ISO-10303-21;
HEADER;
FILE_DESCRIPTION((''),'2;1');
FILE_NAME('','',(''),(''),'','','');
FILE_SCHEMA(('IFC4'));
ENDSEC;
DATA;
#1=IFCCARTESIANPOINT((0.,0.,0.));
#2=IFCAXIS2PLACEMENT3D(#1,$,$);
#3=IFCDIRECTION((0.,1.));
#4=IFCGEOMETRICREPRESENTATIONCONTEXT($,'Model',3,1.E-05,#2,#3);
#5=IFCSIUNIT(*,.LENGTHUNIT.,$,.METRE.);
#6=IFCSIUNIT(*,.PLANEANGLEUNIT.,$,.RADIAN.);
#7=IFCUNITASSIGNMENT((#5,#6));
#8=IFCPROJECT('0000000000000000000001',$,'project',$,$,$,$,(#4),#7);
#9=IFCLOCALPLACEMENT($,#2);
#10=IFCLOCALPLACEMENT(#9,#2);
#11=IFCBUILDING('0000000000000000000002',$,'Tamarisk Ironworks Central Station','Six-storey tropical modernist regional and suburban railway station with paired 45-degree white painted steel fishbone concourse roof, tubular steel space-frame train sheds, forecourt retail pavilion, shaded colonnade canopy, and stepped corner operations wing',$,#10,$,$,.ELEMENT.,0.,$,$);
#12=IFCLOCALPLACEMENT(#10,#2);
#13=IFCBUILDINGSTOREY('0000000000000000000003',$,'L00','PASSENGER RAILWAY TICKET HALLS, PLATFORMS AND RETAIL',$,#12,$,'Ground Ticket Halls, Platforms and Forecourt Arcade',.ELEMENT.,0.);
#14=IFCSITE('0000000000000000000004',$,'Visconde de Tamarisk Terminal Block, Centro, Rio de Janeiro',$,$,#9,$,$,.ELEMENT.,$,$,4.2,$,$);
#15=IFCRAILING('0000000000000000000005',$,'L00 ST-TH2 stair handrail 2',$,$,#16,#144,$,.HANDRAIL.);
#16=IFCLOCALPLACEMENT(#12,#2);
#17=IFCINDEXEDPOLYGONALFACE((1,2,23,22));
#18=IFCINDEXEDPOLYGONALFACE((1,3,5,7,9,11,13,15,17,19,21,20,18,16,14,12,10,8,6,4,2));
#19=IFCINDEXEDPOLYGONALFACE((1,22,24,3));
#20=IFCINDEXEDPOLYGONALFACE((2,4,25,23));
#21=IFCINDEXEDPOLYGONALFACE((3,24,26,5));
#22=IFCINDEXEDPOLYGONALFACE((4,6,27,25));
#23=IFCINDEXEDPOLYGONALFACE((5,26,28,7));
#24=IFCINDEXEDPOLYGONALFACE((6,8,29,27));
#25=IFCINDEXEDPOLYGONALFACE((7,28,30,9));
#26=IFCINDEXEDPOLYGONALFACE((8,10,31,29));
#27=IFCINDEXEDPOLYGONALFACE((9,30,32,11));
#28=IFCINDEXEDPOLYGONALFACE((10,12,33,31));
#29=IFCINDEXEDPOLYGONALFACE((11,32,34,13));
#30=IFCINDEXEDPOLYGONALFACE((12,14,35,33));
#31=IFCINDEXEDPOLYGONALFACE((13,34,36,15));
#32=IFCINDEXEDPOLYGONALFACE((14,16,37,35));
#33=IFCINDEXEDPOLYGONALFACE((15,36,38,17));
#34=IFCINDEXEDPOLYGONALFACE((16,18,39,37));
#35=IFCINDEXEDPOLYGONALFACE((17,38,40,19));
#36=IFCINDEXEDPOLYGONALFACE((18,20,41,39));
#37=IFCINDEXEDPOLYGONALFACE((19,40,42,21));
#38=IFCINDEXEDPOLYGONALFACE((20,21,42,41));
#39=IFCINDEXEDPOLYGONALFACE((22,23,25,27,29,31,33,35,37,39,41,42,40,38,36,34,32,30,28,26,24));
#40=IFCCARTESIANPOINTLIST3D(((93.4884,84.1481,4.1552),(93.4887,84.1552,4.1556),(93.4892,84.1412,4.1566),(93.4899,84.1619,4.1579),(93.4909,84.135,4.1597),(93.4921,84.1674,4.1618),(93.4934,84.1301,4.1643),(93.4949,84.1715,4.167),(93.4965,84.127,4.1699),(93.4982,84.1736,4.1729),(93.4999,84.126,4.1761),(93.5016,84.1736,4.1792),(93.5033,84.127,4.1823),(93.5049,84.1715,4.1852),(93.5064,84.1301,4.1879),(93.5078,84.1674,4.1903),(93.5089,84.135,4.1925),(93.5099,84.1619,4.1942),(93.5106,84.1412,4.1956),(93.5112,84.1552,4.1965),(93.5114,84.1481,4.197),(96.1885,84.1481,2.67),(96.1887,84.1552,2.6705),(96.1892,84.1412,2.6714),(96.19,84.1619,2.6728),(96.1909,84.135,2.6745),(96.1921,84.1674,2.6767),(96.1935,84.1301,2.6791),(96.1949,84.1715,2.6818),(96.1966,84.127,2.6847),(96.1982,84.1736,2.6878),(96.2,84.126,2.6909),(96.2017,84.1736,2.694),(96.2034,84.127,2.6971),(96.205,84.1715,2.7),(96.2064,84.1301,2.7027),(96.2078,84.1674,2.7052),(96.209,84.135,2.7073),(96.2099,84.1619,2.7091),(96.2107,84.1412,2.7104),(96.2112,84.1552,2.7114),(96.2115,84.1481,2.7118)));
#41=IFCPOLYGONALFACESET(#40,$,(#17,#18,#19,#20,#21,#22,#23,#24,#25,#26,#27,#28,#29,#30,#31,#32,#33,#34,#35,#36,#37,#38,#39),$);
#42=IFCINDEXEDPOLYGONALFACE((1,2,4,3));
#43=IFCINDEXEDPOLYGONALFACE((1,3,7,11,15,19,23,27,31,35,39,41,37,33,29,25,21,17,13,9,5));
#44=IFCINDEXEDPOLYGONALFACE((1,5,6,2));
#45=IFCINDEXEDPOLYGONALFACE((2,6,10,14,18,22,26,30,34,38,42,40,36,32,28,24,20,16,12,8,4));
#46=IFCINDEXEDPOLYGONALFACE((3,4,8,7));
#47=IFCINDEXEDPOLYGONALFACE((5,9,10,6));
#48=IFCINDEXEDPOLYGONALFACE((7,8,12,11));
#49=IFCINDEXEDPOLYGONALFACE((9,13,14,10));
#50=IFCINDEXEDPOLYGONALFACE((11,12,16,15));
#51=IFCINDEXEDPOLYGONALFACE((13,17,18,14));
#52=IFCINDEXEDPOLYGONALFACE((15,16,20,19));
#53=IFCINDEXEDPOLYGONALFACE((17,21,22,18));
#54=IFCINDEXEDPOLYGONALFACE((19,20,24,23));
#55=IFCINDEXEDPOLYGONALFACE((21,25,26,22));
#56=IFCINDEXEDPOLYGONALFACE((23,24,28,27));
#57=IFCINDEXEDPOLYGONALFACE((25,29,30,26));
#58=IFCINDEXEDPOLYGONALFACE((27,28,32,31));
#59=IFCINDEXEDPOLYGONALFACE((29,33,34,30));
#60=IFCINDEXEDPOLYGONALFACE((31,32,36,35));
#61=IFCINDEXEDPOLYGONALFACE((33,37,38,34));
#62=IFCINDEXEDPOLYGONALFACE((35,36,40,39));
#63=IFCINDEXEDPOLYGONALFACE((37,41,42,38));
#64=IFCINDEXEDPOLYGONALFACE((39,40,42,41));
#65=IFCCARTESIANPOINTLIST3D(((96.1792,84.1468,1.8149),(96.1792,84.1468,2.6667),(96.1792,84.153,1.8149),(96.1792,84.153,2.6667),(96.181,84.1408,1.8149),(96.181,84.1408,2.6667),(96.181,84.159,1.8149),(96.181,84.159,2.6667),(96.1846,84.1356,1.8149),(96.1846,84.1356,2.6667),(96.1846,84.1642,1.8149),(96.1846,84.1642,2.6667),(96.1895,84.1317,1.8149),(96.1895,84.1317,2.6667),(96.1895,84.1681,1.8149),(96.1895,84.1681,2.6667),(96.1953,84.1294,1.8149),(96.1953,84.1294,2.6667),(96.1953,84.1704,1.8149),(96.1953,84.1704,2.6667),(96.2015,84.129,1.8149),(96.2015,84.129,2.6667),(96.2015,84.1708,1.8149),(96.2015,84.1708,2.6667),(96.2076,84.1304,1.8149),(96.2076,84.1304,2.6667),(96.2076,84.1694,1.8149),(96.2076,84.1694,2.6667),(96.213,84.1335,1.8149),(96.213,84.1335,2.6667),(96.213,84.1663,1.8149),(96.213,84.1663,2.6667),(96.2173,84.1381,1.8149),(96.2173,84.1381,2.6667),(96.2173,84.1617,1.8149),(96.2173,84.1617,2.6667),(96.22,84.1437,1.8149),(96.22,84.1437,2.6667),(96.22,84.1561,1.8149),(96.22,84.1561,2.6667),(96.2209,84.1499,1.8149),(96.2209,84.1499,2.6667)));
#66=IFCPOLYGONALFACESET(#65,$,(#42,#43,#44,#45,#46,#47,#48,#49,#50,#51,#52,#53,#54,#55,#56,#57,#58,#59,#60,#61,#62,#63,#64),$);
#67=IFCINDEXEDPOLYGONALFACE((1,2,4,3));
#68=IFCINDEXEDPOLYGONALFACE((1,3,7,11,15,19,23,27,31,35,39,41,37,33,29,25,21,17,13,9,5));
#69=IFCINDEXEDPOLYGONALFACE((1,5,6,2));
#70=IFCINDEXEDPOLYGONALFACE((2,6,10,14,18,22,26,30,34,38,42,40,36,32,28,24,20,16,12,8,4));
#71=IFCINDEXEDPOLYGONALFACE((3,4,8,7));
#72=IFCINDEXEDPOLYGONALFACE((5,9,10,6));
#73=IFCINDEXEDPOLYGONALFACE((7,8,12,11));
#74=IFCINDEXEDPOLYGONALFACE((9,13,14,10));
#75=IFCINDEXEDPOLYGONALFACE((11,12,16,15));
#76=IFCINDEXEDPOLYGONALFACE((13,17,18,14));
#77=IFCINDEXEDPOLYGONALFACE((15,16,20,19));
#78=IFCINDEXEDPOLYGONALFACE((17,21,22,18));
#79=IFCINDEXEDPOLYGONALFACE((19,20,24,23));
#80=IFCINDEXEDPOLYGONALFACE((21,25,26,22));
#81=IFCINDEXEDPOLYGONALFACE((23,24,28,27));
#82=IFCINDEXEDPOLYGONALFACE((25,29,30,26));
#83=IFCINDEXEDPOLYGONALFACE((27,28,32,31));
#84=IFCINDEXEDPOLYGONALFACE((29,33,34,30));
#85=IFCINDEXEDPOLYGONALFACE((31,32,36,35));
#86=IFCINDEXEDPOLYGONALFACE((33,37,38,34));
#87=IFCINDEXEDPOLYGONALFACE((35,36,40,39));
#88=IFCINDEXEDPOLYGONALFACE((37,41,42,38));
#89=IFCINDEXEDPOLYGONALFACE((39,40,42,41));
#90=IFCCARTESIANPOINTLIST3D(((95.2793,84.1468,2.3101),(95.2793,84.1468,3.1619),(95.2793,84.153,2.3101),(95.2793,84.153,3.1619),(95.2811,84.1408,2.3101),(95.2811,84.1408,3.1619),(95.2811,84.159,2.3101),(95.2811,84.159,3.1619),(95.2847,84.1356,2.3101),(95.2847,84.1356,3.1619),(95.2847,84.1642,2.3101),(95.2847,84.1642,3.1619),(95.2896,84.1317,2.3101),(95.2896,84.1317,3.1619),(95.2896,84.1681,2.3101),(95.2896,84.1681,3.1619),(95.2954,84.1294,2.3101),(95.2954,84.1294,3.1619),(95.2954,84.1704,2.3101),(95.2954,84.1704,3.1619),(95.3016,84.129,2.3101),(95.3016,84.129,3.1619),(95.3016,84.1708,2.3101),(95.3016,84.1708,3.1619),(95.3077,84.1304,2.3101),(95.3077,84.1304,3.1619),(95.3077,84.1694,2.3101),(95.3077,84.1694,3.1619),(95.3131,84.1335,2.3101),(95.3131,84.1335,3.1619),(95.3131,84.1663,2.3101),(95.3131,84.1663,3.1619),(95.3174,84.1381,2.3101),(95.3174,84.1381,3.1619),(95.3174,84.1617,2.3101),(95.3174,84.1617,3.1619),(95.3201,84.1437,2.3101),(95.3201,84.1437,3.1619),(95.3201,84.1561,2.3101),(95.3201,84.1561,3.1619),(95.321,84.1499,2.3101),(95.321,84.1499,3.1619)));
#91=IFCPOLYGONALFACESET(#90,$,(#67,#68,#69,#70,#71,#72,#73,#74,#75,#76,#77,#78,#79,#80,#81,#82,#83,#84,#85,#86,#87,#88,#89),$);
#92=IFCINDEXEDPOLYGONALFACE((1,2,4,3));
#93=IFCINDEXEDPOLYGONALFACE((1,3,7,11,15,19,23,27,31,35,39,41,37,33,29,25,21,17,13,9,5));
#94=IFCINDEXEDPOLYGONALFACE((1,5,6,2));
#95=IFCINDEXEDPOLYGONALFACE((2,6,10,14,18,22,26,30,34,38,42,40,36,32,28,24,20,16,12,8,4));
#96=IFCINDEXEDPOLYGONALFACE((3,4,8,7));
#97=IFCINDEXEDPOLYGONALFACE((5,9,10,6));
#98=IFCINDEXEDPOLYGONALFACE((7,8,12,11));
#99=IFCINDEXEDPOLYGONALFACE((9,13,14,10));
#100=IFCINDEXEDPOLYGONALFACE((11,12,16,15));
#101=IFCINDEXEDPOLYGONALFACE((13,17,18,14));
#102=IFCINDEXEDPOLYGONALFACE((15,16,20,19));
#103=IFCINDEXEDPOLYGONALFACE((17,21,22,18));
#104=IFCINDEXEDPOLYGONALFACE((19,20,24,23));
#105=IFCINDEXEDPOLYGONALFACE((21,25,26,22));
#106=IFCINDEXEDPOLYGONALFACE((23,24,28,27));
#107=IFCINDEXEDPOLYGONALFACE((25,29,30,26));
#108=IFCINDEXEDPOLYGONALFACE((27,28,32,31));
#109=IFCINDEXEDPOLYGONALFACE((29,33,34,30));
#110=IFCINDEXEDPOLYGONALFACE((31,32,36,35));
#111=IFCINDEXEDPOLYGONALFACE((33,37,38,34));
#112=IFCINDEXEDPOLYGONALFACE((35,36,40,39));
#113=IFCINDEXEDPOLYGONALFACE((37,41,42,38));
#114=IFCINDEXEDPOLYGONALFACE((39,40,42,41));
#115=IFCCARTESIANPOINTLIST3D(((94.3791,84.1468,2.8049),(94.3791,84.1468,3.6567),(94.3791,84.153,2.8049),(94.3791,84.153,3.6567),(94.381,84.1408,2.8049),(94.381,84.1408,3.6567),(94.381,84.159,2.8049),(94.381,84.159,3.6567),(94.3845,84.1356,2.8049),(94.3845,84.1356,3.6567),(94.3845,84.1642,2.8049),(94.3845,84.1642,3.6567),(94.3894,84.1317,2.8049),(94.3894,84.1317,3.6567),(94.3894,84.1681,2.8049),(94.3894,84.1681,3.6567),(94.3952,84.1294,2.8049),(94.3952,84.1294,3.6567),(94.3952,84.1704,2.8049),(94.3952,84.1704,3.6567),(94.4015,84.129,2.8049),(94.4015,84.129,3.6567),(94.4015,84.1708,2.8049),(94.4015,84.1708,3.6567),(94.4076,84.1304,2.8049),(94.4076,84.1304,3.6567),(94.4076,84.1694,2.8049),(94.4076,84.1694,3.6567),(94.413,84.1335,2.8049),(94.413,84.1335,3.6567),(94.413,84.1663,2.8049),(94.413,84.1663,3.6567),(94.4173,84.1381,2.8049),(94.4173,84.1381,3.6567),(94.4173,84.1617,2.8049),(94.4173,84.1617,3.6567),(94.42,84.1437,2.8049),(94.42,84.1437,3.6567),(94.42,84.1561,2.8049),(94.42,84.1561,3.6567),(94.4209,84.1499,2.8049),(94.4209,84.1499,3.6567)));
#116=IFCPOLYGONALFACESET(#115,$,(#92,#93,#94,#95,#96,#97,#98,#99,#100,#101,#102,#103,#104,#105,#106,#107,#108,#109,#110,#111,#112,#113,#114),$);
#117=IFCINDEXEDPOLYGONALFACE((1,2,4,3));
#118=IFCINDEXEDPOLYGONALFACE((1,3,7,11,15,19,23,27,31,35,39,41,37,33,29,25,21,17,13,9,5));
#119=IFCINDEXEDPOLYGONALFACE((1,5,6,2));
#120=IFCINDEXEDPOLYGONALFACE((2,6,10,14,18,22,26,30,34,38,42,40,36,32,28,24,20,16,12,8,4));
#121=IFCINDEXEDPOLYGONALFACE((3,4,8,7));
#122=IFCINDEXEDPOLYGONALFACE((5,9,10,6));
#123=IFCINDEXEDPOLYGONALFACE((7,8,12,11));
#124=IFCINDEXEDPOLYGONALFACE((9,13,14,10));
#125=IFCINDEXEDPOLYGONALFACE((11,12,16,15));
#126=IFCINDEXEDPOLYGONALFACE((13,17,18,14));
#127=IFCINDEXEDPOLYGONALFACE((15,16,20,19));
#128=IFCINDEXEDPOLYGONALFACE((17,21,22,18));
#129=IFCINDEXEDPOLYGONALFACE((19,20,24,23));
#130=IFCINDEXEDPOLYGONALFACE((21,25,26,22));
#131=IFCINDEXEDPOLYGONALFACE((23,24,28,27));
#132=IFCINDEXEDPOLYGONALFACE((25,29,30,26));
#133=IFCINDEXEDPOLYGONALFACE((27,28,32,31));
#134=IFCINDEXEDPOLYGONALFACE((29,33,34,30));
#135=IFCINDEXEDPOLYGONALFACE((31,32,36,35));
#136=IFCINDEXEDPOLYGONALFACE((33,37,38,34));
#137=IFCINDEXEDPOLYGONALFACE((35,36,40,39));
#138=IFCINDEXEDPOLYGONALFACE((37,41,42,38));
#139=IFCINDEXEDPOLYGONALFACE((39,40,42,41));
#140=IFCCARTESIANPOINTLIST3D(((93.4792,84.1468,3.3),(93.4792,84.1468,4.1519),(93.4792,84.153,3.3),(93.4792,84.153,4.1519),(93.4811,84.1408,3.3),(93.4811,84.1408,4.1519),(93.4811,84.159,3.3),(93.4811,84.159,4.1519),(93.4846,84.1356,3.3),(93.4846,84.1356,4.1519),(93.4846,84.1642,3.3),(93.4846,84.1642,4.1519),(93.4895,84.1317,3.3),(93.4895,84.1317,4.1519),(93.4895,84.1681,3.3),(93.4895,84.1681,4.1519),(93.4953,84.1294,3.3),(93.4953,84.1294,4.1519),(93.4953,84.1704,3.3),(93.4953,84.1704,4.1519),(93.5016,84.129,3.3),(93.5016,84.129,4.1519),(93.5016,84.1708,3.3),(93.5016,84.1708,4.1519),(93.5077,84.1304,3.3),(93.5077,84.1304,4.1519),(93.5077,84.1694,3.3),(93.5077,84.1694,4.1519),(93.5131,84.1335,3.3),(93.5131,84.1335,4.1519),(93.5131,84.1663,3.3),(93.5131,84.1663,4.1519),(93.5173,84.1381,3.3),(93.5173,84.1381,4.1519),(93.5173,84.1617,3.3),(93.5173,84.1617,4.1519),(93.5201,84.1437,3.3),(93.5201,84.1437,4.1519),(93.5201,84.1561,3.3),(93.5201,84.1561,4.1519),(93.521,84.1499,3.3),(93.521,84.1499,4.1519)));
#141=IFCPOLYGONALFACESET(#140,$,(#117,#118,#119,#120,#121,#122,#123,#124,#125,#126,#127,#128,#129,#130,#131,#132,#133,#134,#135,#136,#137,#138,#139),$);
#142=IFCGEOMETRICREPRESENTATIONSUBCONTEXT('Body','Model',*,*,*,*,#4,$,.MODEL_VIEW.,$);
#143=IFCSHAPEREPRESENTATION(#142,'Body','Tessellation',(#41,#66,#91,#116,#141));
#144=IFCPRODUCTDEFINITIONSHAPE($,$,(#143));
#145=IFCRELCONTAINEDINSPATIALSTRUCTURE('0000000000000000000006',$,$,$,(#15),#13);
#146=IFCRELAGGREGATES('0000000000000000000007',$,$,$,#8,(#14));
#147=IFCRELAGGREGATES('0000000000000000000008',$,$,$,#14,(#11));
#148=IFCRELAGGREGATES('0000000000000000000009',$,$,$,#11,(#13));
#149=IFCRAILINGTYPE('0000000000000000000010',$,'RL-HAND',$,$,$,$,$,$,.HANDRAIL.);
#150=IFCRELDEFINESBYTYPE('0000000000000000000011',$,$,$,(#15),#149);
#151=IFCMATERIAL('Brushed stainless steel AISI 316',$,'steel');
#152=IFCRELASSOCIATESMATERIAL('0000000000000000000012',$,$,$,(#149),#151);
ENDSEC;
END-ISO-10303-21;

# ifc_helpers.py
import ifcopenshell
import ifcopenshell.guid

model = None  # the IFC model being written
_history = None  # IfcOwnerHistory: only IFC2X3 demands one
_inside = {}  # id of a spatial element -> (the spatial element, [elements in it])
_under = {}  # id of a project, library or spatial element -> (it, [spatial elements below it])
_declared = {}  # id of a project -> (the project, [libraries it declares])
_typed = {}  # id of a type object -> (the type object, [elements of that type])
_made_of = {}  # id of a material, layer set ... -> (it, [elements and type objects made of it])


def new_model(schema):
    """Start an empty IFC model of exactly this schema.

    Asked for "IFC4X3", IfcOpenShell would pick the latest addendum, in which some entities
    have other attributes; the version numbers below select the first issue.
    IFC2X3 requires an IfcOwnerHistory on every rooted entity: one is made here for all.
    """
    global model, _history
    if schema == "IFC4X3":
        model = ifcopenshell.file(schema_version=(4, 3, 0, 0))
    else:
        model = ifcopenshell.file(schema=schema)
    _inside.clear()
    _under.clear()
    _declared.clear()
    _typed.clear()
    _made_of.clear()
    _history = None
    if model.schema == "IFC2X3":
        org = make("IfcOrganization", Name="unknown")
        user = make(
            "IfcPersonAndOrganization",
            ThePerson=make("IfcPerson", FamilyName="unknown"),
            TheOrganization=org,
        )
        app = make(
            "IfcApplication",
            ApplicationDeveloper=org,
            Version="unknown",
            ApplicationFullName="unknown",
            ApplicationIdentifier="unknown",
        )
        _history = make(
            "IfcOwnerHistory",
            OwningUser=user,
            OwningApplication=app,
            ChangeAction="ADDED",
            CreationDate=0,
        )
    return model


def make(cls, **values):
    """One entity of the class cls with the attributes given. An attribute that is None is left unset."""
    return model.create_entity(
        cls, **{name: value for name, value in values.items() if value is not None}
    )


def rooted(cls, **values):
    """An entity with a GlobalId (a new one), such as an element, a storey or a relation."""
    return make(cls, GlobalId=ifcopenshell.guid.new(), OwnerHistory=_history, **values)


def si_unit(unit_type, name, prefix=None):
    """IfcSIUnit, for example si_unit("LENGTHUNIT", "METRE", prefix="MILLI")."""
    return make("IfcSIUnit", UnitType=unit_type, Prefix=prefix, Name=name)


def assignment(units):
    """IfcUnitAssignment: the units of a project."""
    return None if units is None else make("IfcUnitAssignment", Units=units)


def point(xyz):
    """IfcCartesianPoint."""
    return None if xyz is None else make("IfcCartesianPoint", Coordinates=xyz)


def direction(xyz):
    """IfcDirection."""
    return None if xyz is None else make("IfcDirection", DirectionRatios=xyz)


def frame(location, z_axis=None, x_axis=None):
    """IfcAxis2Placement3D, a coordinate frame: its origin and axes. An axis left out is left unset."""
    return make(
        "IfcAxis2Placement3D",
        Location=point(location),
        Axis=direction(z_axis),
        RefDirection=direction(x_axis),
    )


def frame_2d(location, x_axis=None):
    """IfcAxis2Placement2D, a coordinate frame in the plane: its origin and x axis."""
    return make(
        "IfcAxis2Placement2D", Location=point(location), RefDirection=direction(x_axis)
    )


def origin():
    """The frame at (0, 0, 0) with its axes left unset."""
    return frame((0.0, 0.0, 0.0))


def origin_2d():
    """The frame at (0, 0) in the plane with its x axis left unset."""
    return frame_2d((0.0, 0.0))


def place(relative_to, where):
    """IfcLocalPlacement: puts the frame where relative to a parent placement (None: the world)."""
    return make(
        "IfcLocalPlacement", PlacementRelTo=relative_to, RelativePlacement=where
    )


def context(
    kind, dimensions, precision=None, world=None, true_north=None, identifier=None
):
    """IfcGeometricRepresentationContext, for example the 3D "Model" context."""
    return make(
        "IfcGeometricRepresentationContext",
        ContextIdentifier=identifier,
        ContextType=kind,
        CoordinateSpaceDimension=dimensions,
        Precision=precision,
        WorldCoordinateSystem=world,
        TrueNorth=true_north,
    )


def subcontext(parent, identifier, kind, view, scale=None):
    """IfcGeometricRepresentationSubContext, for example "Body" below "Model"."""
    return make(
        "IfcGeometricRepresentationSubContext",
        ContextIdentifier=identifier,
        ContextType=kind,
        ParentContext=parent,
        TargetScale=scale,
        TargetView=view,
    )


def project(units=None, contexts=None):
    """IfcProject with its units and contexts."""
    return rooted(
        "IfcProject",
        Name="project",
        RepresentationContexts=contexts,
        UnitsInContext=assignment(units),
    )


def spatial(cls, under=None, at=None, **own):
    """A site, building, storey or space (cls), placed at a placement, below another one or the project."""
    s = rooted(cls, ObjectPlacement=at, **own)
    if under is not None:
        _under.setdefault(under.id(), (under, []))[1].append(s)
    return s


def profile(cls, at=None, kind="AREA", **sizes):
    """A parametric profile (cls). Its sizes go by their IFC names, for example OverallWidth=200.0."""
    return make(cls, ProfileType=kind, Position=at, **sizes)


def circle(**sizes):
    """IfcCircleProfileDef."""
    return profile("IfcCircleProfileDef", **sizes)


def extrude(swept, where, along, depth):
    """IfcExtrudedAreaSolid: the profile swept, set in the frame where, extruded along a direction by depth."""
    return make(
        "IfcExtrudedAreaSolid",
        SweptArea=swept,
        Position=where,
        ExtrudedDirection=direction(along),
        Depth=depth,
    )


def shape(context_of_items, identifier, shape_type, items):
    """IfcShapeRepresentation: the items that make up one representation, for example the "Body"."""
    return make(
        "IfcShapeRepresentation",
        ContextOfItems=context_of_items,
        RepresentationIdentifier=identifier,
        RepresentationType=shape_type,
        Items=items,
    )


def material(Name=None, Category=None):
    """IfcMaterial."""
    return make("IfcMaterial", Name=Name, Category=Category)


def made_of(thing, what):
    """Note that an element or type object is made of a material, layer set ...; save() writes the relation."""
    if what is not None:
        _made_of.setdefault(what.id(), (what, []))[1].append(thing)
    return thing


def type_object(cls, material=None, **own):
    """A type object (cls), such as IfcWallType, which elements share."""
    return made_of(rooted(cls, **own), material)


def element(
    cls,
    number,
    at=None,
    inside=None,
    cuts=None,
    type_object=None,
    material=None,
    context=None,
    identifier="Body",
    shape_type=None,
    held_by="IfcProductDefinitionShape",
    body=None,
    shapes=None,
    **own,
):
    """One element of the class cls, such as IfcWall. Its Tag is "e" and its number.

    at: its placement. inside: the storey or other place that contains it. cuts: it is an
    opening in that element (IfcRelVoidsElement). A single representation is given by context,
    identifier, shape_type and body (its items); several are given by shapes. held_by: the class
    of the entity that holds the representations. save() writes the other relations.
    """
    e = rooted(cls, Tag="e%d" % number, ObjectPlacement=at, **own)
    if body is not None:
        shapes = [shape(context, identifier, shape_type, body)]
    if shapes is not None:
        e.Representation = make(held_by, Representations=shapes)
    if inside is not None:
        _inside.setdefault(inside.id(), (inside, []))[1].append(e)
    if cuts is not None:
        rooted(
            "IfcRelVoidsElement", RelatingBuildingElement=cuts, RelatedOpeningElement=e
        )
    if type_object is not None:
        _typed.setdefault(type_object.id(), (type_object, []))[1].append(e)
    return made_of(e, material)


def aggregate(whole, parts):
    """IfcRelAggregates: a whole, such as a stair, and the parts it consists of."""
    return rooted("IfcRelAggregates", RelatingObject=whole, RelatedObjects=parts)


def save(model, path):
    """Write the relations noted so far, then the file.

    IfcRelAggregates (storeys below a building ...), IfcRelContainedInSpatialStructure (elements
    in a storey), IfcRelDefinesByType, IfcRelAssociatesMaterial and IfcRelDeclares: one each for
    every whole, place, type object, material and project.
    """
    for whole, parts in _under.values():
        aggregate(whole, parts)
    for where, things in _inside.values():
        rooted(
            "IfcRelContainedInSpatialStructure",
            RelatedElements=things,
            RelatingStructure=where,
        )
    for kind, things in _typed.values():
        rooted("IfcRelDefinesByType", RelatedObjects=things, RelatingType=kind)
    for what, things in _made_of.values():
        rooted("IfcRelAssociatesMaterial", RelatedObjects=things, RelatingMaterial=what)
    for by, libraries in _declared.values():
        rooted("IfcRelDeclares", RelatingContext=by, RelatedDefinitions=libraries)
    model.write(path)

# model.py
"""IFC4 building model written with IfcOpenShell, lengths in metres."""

from ifc_helpers import new_model, si_unit, direction, frame, origin, origin_2d, place, context, subcontext, project, spatial, circle, extrude, material, type_object, element, save


model = new_model("IFC4")

# Units and contexts
model_context = context("Model", 3, precision=1e-05, world=origin(), true_north=direction((0.0, 1.0)))
body_context = subcontext(model_context, "Body", "Model", "MODEL_VIEW")
ifc_project = project(units=[si_unit("LENGTHUNIT", "METRE"), si_unit("PLANEANGLEUNIT", "RADIAN")], contexts=[model_context])

# Site, building, storey
site_placement = place(None, origin())
site = spatial("IfcSite", under=ifc_project, at=site_placement, Name="Visconde de Tamarisk Terminal Block, Centro, Rio de Janeiro", CompositionType="ELEMENT", RefElevation=4.2)
building_placement = place(site_placement, origin())
building = spatial("IfcBuilding", under=site, at=building_placement, Name="Tamarisk Ironworks Central Station", Description="Six-storey tropical modernist regional and suburban railway station with paired 45-degree white painted steel fishbone concourse roof, tubular steel space-frame train sheds, forecourt retail pavilion, shaded colonnade canopy, and stepped corner operations wing", CompositionType="ELEMENT", ElevationOfRefHeight=0.0)
storey_placement = place(building_placement, origin())
storey = spatial("IfcBuildingStorey", under=building, at=storey_placement, Name="L00", Description="PASSENGER RAILWAY TICKET HALLS, PLATFORMS AND RETAIL", LongName="Ground Ticket Halls, Platforms and Forecourt Arcade", CompositionType="ELEMENT", Elevation=0.0)

# Railing
ifc_material_1 = material(Name="Brushed stainless steel AISI 316", Category="steel")
railing_type_1 = type_object("IfcRailingType", Name="RL-HAND", PredefinedType="HANDRAIL", material=ifc_material_1)
for number, where, name in (
    (1, (96.2, 84.1499, 1.8149), "L00 ST-TH2 stair handrail 2"),
):
    element("IfcRailing", number, at=place(storey_placement, frame(where)), inside=storey, type_object=railing_type_1, Name=name, PredefinedType="HANDRAIL", context=body_context, shape_type="SweptSolid", body=[
        extrude(circle(Radius=0.0239, at=origin_2d()), frame((0.0, 0.0, 0.876), z_axis=(-0.876198, 0.0, 0.481952), x_axis=(0.0, -1.0, 0.0)), (0.0, 0.0, 1.0), 3.0815),
        extrude(circle(Radius=0.021, at=origin_2d()), origin(), (0.0, 0.0, 1.0), 0.8518),
        extrude(circle(Radius=0.021, at=origin_2d()), frame((-0.8999, 0.0, 0.4951)), (0.0, 0.0, 1.0), 0.8518),
        extrude(circle(Radius=0.021, at=origin_2d()), frame((-1.8, 0.0, 0.99)), (0.0, 0.0, 1.0), 0.8518),
        extrude(circle(Radius=0.021, at=origin_2d()), frame((-2.7, 0.0, 1.4851)), (0.0, 0.0, 1.0), 0.8518),
    ])

save(model, "model.ifc")
